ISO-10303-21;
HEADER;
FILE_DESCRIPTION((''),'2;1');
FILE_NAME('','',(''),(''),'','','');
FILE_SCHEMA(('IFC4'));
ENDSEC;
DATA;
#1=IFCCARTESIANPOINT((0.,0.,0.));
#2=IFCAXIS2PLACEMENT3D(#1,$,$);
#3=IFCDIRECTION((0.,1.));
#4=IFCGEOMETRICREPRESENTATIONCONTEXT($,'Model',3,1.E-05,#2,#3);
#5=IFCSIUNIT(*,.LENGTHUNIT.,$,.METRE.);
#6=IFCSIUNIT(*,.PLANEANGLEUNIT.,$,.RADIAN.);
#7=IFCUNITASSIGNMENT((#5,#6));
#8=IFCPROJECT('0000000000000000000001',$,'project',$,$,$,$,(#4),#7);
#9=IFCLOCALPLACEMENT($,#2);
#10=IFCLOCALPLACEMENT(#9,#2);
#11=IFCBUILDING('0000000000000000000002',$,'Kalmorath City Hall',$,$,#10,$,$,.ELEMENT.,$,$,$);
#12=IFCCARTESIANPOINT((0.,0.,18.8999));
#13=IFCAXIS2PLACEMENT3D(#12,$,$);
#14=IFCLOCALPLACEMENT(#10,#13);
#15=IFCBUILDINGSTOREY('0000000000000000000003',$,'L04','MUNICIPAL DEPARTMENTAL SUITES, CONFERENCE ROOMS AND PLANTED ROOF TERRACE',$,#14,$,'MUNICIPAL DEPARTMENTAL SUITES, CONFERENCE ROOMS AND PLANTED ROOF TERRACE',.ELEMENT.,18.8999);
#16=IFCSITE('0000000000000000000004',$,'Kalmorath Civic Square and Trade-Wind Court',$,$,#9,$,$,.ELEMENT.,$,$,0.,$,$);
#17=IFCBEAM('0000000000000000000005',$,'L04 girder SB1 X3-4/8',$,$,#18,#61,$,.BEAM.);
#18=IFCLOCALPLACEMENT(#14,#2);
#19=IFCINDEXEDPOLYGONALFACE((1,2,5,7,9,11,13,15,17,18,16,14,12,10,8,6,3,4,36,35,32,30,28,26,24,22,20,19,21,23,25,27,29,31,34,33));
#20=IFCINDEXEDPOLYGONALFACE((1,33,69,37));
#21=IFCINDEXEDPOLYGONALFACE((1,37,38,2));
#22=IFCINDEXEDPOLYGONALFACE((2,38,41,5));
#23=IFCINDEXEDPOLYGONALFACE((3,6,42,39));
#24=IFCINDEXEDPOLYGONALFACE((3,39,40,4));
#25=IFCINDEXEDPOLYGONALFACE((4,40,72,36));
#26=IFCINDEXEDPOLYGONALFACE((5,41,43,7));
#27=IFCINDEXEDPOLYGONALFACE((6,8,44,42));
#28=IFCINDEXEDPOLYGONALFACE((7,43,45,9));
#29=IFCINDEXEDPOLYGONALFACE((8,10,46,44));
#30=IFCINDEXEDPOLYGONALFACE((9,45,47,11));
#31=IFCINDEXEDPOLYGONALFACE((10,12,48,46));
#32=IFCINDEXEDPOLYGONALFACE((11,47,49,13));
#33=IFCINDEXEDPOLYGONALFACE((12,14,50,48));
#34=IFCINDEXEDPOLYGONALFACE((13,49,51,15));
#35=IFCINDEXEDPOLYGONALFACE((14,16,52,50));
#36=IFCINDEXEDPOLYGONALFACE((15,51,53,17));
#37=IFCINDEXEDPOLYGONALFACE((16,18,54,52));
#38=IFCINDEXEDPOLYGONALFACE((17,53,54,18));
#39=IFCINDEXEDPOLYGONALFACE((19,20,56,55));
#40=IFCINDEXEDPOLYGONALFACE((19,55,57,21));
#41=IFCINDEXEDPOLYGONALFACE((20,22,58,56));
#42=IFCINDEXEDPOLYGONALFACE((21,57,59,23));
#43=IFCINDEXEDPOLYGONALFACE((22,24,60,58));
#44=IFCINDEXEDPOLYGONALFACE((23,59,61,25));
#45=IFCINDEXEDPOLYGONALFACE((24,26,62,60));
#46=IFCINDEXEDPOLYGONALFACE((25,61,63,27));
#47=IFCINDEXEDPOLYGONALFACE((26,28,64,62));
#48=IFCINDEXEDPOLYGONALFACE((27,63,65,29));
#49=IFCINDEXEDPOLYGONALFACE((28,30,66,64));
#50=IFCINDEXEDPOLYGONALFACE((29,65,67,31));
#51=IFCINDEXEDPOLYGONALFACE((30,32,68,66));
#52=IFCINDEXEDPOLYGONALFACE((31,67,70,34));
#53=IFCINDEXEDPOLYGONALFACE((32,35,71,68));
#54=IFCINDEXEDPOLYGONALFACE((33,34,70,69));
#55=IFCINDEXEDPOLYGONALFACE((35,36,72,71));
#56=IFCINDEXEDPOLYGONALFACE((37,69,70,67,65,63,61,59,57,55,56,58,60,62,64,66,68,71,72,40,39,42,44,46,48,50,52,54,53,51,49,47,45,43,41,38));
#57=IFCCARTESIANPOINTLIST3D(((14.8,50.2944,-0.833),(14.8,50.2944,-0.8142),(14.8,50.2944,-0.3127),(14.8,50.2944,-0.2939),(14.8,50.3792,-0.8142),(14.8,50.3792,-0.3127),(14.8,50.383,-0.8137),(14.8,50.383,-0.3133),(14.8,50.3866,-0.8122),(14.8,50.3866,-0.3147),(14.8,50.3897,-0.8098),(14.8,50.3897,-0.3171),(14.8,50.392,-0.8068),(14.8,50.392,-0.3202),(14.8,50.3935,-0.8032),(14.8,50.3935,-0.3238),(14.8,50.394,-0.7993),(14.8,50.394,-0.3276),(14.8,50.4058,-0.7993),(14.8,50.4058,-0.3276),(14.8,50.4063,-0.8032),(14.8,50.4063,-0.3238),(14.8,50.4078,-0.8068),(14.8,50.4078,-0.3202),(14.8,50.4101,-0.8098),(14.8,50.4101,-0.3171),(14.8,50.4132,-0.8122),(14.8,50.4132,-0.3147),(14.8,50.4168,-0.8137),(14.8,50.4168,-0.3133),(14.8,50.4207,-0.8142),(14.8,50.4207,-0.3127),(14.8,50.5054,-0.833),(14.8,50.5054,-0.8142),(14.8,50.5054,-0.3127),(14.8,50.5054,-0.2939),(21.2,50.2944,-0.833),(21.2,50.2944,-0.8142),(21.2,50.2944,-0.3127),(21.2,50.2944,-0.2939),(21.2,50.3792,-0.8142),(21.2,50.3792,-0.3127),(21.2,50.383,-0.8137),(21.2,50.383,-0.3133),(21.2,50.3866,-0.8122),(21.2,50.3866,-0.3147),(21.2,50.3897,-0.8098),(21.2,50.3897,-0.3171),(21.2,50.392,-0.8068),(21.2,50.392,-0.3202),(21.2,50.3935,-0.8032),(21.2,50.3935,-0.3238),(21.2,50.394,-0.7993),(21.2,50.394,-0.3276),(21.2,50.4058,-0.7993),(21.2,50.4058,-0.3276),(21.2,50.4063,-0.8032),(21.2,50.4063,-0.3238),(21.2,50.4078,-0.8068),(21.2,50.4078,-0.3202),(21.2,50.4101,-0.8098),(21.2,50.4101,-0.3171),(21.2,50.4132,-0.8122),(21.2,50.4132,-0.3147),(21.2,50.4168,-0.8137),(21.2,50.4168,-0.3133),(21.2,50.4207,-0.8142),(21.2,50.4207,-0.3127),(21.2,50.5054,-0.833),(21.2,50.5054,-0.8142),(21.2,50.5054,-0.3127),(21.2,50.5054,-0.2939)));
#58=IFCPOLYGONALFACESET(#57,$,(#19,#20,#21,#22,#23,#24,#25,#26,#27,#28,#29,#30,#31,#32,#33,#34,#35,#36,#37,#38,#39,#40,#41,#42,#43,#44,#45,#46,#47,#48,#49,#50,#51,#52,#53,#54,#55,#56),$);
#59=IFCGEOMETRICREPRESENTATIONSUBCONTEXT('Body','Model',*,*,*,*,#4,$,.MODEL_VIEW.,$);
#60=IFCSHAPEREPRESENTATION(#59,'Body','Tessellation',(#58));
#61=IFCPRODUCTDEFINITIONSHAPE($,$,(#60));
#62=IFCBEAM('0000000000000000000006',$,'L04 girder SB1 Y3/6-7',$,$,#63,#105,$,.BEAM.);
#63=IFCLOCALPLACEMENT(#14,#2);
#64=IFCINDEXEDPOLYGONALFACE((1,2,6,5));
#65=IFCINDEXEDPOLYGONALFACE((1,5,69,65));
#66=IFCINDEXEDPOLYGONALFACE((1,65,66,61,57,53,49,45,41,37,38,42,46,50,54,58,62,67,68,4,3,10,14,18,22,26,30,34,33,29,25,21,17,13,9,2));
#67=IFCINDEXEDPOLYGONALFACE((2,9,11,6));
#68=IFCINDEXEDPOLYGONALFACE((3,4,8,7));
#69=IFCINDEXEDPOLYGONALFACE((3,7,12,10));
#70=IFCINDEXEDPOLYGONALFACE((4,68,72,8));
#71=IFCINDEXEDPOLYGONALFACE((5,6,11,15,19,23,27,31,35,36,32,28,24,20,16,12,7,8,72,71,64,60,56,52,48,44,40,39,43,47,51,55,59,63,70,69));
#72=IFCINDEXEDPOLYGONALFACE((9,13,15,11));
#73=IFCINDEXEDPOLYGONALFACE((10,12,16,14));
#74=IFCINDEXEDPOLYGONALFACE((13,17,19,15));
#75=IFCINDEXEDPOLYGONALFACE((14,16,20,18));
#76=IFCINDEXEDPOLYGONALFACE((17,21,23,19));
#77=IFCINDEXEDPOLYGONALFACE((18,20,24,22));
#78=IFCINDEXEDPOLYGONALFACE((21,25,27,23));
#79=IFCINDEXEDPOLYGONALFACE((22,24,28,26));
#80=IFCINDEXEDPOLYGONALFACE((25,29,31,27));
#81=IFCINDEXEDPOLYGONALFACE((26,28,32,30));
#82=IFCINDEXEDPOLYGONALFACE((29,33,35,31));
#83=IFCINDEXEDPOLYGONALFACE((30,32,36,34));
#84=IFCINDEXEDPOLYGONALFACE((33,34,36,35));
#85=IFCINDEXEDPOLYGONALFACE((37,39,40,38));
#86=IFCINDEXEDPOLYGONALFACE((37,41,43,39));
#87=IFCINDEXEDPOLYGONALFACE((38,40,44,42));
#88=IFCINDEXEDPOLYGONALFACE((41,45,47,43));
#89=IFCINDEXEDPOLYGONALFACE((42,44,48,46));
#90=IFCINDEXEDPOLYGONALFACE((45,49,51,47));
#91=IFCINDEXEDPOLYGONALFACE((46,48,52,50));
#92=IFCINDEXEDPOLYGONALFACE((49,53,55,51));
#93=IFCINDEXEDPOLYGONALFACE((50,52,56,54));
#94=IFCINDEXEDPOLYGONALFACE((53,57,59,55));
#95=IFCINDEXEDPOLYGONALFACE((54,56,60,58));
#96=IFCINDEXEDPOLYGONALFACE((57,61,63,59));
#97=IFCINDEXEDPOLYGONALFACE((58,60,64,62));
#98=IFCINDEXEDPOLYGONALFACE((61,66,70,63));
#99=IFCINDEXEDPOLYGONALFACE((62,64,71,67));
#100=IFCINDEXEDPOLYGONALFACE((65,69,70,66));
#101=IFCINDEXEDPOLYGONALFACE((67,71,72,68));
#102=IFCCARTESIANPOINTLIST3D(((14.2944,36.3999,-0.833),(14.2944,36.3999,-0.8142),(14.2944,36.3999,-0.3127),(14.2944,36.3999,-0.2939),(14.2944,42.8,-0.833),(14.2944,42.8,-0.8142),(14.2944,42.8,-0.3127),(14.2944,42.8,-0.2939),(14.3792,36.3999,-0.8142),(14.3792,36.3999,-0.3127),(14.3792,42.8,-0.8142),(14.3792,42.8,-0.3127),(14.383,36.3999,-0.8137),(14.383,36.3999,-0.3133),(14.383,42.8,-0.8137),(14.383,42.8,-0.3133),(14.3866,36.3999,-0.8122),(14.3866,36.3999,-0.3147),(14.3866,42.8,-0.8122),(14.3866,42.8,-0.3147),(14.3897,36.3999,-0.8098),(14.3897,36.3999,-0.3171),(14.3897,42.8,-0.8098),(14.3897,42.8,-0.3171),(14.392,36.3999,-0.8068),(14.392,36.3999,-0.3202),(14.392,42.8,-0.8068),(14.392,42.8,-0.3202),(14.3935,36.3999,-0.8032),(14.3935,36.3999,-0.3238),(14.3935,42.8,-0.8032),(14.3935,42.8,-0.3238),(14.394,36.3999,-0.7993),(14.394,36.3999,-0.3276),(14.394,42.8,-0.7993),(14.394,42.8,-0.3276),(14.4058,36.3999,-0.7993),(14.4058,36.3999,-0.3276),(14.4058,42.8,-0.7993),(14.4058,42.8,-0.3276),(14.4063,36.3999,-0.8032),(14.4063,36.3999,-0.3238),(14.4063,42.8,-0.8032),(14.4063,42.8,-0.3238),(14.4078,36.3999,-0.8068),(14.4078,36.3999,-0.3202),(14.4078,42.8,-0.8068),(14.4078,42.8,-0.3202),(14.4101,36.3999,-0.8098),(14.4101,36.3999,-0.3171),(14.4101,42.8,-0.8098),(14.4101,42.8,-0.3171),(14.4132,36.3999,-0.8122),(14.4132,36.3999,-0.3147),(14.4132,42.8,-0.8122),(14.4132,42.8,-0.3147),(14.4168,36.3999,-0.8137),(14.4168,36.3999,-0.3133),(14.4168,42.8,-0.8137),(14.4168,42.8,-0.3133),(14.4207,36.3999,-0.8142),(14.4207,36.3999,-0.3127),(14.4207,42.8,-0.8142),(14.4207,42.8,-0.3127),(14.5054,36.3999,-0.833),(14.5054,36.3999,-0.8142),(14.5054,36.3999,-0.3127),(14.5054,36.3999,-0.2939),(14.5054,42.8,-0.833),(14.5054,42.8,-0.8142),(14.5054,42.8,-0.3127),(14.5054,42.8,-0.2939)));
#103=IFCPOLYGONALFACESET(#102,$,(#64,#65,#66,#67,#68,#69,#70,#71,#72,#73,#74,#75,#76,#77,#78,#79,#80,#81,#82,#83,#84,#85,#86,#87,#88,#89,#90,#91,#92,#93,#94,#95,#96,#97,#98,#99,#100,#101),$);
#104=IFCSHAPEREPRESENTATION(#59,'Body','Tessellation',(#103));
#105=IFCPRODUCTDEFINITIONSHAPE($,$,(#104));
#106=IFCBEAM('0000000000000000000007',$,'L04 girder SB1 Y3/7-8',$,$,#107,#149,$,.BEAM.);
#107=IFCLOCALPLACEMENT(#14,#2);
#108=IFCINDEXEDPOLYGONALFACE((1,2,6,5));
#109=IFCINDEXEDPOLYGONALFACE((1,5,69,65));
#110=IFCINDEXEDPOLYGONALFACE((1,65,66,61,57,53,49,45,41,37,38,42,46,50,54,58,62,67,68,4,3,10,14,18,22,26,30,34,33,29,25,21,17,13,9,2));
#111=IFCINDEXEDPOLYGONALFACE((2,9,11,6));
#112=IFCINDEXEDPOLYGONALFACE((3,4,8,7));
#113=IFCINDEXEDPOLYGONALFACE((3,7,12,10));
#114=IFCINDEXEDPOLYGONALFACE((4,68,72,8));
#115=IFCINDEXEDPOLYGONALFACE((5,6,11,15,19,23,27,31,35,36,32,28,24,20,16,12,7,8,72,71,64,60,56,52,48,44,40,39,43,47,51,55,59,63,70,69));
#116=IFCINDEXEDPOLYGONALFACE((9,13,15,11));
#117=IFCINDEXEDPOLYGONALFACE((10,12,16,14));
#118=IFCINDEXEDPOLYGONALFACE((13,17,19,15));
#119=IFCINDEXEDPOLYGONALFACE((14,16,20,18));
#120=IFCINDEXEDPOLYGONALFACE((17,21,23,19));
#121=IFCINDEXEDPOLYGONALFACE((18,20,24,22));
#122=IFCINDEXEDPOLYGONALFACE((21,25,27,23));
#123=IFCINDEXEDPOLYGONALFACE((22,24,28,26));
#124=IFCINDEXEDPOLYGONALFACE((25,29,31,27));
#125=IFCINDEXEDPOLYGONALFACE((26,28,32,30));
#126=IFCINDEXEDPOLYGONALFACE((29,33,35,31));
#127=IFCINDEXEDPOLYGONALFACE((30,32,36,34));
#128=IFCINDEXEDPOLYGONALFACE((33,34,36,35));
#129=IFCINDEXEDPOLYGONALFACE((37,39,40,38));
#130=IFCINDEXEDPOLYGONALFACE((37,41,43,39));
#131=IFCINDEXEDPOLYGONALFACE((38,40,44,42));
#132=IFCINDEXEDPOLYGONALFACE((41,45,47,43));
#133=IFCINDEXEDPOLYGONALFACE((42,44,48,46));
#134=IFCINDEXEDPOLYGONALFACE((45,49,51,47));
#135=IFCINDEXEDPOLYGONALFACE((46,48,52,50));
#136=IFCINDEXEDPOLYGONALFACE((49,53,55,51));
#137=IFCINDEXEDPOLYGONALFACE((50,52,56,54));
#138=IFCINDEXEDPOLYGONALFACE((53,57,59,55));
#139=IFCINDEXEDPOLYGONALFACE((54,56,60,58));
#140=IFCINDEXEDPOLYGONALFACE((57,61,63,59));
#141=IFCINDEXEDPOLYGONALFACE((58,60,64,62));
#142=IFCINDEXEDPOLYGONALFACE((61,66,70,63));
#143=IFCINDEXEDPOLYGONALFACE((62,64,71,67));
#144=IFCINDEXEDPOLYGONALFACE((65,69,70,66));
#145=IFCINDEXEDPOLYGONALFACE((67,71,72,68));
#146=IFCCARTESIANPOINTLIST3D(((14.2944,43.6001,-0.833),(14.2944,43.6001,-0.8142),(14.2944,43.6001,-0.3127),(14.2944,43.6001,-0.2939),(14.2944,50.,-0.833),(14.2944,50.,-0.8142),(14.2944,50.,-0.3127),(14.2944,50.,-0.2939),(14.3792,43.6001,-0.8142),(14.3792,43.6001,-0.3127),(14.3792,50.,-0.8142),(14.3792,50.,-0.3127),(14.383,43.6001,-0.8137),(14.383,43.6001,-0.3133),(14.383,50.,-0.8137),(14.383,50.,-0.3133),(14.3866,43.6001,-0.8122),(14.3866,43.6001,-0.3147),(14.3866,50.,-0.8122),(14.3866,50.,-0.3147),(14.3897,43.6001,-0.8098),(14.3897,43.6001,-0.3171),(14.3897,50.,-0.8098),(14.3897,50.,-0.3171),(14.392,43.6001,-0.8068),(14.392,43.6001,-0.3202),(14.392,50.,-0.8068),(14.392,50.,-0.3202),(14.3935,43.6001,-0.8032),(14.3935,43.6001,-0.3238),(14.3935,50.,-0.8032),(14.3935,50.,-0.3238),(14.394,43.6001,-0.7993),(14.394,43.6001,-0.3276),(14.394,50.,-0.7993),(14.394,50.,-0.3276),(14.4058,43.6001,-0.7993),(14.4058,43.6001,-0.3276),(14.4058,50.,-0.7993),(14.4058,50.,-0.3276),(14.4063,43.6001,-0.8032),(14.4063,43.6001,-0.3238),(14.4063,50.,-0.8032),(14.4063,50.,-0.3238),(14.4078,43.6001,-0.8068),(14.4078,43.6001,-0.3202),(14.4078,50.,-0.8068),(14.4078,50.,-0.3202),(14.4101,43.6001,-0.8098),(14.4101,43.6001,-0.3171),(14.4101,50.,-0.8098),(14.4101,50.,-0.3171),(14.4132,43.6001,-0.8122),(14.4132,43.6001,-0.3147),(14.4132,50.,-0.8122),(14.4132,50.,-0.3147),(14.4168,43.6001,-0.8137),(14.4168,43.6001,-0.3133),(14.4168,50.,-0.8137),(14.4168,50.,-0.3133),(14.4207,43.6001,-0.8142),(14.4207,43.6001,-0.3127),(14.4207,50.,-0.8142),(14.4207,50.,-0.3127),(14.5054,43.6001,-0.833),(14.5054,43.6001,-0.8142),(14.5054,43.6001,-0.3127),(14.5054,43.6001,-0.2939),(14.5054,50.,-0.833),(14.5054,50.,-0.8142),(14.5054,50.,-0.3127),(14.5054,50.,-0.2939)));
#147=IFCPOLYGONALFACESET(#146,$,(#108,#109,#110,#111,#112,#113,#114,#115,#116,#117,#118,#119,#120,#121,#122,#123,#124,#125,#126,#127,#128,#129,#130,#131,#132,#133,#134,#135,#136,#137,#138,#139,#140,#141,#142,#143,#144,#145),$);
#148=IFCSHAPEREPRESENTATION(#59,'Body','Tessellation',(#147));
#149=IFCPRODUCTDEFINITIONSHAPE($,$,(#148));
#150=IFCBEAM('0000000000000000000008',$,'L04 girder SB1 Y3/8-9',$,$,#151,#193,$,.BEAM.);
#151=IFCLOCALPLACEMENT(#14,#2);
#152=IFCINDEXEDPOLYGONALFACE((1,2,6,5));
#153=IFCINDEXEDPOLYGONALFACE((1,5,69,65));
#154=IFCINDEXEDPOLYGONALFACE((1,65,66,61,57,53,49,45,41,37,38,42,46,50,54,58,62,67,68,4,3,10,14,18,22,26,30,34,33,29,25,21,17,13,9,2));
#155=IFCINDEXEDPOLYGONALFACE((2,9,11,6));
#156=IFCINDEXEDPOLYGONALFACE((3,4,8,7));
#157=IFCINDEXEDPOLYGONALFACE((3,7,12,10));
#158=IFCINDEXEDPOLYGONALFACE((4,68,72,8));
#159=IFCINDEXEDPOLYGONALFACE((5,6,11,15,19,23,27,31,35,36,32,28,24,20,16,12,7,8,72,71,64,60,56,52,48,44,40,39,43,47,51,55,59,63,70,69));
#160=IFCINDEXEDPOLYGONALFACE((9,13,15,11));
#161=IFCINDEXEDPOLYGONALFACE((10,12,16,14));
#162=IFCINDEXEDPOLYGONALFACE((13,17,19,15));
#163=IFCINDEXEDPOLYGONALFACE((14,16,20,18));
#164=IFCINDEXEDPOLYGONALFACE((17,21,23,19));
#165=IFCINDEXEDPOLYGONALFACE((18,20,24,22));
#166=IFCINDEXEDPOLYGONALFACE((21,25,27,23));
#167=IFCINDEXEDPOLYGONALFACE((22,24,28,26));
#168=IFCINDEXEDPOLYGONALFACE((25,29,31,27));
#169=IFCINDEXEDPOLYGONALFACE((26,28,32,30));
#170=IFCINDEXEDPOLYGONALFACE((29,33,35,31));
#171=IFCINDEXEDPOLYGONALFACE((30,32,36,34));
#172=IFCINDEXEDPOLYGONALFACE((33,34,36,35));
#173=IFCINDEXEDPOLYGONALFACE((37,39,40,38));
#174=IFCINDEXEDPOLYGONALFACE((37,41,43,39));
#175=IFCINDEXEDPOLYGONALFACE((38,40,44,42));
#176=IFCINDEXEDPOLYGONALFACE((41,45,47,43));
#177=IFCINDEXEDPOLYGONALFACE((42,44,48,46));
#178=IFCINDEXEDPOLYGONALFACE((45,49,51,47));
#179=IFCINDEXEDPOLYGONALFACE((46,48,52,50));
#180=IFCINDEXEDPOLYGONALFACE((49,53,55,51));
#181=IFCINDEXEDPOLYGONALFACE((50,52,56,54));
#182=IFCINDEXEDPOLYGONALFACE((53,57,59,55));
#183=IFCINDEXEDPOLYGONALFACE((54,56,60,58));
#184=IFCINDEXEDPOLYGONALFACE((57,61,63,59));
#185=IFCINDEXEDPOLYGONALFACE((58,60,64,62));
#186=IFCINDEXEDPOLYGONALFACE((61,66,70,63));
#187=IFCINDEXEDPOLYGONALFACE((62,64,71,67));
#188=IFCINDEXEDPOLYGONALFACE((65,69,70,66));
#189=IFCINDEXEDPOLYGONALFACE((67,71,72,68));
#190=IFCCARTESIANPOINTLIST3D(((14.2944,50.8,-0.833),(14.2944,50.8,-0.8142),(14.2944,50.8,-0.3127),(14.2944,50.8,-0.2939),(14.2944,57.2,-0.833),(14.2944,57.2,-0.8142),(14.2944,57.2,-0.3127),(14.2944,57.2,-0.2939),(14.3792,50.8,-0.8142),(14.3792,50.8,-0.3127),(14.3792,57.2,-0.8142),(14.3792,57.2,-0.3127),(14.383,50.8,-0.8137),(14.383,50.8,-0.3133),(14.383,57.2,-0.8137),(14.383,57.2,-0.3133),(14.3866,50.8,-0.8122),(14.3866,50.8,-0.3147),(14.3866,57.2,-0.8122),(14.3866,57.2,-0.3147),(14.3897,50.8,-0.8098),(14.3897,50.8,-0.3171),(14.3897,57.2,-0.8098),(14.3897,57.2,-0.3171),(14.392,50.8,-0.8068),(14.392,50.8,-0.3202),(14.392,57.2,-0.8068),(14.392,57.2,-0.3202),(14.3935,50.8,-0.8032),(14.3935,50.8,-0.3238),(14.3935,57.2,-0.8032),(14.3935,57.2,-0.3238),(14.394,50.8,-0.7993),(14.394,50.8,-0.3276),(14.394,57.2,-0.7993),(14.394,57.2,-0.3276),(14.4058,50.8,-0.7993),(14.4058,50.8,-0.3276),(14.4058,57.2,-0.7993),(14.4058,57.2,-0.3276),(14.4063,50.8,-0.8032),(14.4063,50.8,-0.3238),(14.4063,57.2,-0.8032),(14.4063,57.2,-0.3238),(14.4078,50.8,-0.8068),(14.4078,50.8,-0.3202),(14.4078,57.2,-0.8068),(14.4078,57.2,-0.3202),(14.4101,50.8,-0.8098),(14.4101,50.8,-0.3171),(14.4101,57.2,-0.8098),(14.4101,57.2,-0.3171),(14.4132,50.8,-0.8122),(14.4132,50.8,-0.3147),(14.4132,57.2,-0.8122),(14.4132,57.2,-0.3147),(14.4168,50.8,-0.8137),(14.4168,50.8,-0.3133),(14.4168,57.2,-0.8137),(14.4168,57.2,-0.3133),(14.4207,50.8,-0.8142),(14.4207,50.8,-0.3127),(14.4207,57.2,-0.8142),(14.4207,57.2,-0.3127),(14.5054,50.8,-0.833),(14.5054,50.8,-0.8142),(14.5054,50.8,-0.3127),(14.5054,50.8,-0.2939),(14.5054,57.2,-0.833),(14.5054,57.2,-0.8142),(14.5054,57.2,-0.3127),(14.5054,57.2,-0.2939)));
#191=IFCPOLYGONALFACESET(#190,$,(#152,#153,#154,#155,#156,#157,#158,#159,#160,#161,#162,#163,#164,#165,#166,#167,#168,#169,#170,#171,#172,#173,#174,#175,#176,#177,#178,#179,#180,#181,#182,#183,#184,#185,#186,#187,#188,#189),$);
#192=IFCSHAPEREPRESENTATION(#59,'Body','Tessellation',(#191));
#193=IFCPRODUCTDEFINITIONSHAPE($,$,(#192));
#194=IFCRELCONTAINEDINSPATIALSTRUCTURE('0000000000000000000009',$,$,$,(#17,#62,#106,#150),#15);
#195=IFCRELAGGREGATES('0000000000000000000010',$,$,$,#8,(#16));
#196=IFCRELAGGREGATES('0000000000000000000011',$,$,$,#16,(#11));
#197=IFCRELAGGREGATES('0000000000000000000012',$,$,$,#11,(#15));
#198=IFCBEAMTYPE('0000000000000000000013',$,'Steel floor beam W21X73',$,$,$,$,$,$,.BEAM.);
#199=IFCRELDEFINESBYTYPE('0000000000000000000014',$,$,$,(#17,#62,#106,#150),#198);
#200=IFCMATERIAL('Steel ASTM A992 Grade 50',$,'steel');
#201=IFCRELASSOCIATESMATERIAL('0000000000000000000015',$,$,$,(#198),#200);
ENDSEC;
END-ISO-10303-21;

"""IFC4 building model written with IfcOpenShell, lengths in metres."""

from ifc_helpers import new_model, si_unit, direction, frame, origin, origin_2d, place, context, subcontext, project, spatial, i_section, extrude, material, material_profile, profile_set, type_object, element, save


model = new_model("IFC4")

# Units and contexts
model_context = context("Model", 3, precision=1e-05, world=origin(), true_north=direction((0.0, 1.0)))
body_context = subcontext(model_context, "Body", "Model", "MODEL_VIEW")
ifc_project = project(units=[si_unit("LENGTHUNIT", "METRE"), si_unit("PLANEANGLEUNIT", "RADIAN")], contexts=[model_context])

# Site, building, storey
site_placement = place(None, origin())
site = spatial("IfcSite", under=ifc_project, at=site_placement, Name="Kalmorath Civic Square and Trade-Wind Court", CompositionType="ELEMENT", RefElevation=0.0)
building_placement = place(site_placement, origin())
building = spatial("IfcBuilding", under=site, at=building_placement, Name="Kalmorath City Hall", CompositionType="ELEMENT")
storey_placement = place(building_placement, frame((0.0, 0.0, 18.8999)))
storey = spatial("IfcBuildingStorey", under=building, at=storey_placement, Name="L04", Description="MUNICIPAL DEPARTMENTAL SUITES, CONFERENCE ROOMS AND PLANTED ROOF TERRACE", LongName="MUNICIPAL DEPARTMENTAL SUITES, CONFERENCE ROOMS AND PLANTED ROOF TERRACE", CompositionType="ELEMENT", Elevation=18.8999)

# Beams
ifc_material_1 = material(Name="Steel ASTM A992 Grade 50", Category="steel")
ifc_material_profile_1 = material_profile(ifc_material_1, i_section(OverallWidth=0.2109, OverallDepth=0.5391, WebThickness=0.0117, FlangeThickness=0.0188, FilletRadius=0.0149, at=origin_2d()), Name="W21X73")
ifc_profile_set_1 = profile_set([ifc_material_profile_1], Name="Steel ASTM A992 Grade 50")
beam_type_1 = type_object("IfcBeamType", Name="Steel floor beam W21X73", PredefinedType="BEAM", material=ifc_profile_set_1)
for number, where, z_axis, x_axis, name in (
    (1, (14.8, 50.3999, -0.5635), (1.0, 0.0, 0.0), (0.0, 1.0, 0.0), "L04 girder SB1 X3-4/8"),
):
    element("IfcBeam", number, at=place(storey_placement, frame(where, z_axis=z_axis, x_axis=x_axis)), inside=storey, type_object=beam_type_1, Name=name, PredefinedType="BEAM", context=body_context, shape_type="SweptSolid", body=[
        extrude(i_section(OverallWidth=0.2109, OverallDepth=0.5391, WebThickness=0.0117, FlangeThickness=0.0188, FilletRadius=0.0149, at=origin_2d()), origin(), (0.0, 0.0, 1.0), 6.3999),
    ])
beam_placement = place(storey_placement, frame((14.3999, 36.3999, -0.5635), z_axis=(0.0, 1.0, 0.0), x_axis=(-1.0, 0.0, 0.0)))
element("IfcBeam", 2, at=beam_placement, inside=storey, type_object=beam_type_1, Name="L04 girder SB1 Y3/6-7", PredefinedType="BEAM", context=body_context, shape_type="SweptSolid", body=[
    extrude(i_section(OverallWidth=0.2109, OverallDepth=0.5391, WebThickness=0.0117, FlangeThickness=0.0188, FilletRadius=0.0149, at=origin_2d()), origin(), (0.0, 0.0, 1.0), 6.4001),
])
for number, where, z_axis, x_axis, name in (
    (3, (14.3999, 43.6001, -0.5635), (0.0, 1.0, 0.0), (-1.0, 0.0, 0.0), "L04 girder SB1 Y3/7-8"),
    (4, (14.3999, 50.8, -0.5635), (0.0, 1.0, 0.0), (-1.0, 0.0, 0.0), "L04 girder SB1 Y3/8-9"),
):
    element("IfcBeam", number, at=place(storey_placement, frame(where, z_axis=z_axis, x_axis=x_axis)), inside=storey, type_object=beam_type_1, Name=name, PredefinedType="BEAM", context=body_context, shape_type="SweptSolid", body=[
        extrude(i_section(OverallWidth=0.2109, OverallDepth=0.5391, WebThickness=0.0117, FlangeThickness=0.0188, FilletRadius=0.0149, at=origin_2d()), origin(), (0.0, 0.0, 1.0), 6.3999),
    ])

save(model, "model.ifc")
